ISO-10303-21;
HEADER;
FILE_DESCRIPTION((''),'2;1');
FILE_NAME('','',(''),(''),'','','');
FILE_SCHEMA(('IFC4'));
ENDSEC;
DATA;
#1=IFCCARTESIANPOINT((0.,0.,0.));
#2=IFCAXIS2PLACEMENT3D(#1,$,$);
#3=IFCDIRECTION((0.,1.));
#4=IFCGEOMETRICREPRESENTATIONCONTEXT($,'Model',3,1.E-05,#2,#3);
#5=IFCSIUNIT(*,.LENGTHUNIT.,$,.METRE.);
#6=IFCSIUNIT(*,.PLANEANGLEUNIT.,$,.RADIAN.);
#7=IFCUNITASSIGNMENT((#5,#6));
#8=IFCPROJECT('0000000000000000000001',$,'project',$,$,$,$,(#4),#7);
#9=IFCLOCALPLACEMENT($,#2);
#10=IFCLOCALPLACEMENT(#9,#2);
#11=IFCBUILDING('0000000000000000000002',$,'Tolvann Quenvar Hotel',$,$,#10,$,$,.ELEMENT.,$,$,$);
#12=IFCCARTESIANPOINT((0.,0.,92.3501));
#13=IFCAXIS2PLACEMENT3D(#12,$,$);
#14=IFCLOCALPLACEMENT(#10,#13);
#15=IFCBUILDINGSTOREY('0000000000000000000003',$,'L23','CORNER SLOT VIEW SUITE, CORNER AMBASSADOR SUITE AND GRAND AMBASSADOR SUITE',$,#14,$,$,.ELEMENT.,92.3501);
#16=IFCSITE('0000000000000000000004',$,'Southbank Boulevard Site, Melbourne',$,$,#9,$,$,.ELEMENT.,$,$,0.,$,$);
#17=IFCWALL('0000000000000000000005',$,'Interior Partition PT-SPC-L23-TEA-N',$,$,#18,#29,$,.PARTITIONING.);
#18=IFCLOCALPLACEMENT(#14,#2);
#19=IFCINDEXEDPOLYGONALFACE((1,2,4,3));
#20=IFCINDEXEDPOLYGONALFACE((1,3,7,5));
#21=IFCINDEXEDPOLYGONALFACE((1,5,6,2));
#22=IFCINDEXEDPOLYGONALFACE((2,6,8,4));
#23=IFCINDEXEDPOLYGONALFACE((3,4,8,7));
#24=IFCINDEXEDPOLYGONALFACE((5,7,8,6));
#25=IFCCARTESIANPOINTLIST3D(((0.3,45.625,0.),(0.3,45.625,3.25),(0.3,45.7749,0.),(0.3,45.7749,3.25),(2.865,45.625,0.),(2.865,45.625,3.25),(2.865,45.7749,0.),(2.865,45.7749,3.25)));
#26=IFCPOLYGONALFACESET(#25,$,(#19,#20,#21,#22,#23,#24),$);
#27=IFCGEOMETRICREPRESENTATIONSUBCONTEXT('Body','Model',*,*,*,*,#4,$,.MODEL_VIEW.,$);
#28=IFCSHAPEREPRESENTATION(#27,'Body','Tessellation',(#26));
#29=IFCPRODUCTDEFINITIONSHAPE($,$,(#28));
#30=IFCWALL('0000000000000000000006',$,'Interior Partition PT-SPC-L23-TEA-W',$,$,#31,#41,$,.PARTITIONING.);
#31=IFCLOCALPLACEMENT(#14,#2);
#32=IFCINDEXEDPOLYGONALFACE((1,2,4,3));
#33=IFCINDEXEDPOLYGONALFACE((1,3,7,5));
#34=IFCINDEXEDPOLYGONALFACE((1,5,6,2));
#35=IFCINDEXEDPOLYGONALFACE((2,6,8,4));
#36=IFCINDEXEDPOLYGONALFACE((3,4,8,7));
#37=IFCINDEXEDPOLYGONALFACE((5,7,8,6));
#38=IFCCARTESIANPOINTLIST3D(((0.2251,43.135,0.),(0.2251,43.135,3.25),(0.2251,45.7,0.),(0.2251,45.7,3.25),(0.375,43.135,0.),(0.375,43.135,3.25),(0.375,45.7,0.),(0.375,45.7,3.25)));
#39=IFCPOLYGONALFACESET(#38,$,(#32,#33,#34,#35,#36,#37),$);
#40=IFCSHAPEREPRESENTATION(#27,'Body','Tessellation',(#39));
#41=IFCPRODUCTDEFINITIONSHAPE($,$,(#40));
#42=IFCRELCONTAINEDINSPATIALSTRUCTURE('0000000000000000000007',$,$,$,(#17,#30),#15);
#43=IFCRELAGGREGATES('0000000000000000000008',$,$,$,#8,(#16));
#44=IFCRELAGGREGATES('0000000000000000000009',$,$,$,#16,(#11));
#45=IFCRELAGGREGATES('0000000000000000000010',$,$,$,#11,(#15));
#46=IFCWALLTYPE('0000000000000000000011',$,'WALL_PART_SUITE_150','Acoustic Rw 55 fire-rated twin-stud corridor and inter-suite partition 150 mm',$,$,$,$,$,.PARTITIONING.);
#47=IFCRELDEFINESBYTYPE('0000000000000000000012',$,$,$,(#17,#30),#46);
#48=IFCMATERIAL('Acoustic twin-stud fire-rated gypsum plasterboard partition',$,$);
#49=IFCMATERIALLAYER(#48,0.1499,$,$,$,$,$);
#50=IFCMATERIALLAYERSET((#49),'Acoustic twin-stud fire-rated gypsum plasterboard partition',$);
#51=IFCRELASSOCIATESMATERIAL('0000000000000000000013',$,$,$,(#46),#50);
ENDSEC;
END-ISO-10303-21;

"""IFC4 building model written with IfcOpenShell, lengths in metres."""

from ifc_helpers import new_model, si_unit, direction, frame, frame_2d, origin, place, context, subcontext, project, spatial, rectangle, extrude, material, layer, layer_set, type_object, element, save


model = new_model("IFC4")

# Units and contexts
model_context = context("Model", 3, precision=1e-05, world=origin(), true_north=direction((0.0, 1.0)))
body_context = subcontext(model_context, "Body", "Model", "MODEL_VIEW")
ifc_project = project(units=[si_unit("LENGTHUNIT", "METRE"), si_unit("PLANEANGLEUNIT", "RADIAN")], contexts=[model_context])

# Site, building, storey
site_placement = place(None, origin())
site = spatial("IfcSite", under=ifc_project, at=site_placement, Name="Southbank Boulevard Site, Melbourne", CompositionType="ELEMENT", RefElevation=0.0)
building_placement = place(site_placement, origin())
building = spatial("IfcBuilding", under=site, at=building_placement, Name="Tolvann Quenvar Hotel", CompositionType="ELEMENT")
storey_placement = place(building_placement, frame((0.0, 0.0, 92.3501)))
storey = spatial("IfcBuildingStorey", under=building, at=storey_placement, Name="L23", Description="CORNER SLOT VIEW SUITE, CORNER AMBASSADOR SUITE AND GRAND AMBASSADOR SUITE", CompositionType="ELEMENT", Elevation=92.3501)

# Walls
ifc_material_1 = material(Name="Acoustic twin-stud fire-rated gypsum plasterboard partition")
ifc_layer_1 = layer(ifc_material_1, 0.1499)
ifc_layer_set_1 = layer_set([ifc_layer_1], Name="Acoustic twin-stud fire-rated gypsum plasterboard partition")
wall_type_1 = type_object("IfcWallType", Name="WALL_PART_SUITE_150", Description="Acoustic Rw 55 fire-rated twin-stud corridor and inter-suite partition 150 mm", PredefinedType="PARTITIONING", material=ifc_layer_set_1)
for number, where, z_axis, x_axis, name in (
    (1, (0.3, 45.7, 0.0), (0.0, 0.0, 1.0), (1.0, 0.0, 0.0), "Interior Partition PT-SPC-L23-TEA-N"),
    (2, (0.3, 43.135, 0.0), (0.0, 0.0, 1.0), (0.0, 1.0, 0.0), "Interior Partition PT-SPC-L23-TEA-W"),
):
    element("IfcWall", number, at=place(storey_placement, frame(where, z_axis=z_axis, x_axis=x_axis)), inside=storey, type_object=wall_type_1, Name=name, PredefinedType="PARTITIONING", context=body_context, shape_type="SweptSolid", body=[
        extrude(rectangle(XDim=2.5649, YDim=0.1499, at=frame_2d((1.2825, 0.0))), origin(), (0.0, 0.0, 1.0), 3.25),
    ])

save(model, "model.ifc")
